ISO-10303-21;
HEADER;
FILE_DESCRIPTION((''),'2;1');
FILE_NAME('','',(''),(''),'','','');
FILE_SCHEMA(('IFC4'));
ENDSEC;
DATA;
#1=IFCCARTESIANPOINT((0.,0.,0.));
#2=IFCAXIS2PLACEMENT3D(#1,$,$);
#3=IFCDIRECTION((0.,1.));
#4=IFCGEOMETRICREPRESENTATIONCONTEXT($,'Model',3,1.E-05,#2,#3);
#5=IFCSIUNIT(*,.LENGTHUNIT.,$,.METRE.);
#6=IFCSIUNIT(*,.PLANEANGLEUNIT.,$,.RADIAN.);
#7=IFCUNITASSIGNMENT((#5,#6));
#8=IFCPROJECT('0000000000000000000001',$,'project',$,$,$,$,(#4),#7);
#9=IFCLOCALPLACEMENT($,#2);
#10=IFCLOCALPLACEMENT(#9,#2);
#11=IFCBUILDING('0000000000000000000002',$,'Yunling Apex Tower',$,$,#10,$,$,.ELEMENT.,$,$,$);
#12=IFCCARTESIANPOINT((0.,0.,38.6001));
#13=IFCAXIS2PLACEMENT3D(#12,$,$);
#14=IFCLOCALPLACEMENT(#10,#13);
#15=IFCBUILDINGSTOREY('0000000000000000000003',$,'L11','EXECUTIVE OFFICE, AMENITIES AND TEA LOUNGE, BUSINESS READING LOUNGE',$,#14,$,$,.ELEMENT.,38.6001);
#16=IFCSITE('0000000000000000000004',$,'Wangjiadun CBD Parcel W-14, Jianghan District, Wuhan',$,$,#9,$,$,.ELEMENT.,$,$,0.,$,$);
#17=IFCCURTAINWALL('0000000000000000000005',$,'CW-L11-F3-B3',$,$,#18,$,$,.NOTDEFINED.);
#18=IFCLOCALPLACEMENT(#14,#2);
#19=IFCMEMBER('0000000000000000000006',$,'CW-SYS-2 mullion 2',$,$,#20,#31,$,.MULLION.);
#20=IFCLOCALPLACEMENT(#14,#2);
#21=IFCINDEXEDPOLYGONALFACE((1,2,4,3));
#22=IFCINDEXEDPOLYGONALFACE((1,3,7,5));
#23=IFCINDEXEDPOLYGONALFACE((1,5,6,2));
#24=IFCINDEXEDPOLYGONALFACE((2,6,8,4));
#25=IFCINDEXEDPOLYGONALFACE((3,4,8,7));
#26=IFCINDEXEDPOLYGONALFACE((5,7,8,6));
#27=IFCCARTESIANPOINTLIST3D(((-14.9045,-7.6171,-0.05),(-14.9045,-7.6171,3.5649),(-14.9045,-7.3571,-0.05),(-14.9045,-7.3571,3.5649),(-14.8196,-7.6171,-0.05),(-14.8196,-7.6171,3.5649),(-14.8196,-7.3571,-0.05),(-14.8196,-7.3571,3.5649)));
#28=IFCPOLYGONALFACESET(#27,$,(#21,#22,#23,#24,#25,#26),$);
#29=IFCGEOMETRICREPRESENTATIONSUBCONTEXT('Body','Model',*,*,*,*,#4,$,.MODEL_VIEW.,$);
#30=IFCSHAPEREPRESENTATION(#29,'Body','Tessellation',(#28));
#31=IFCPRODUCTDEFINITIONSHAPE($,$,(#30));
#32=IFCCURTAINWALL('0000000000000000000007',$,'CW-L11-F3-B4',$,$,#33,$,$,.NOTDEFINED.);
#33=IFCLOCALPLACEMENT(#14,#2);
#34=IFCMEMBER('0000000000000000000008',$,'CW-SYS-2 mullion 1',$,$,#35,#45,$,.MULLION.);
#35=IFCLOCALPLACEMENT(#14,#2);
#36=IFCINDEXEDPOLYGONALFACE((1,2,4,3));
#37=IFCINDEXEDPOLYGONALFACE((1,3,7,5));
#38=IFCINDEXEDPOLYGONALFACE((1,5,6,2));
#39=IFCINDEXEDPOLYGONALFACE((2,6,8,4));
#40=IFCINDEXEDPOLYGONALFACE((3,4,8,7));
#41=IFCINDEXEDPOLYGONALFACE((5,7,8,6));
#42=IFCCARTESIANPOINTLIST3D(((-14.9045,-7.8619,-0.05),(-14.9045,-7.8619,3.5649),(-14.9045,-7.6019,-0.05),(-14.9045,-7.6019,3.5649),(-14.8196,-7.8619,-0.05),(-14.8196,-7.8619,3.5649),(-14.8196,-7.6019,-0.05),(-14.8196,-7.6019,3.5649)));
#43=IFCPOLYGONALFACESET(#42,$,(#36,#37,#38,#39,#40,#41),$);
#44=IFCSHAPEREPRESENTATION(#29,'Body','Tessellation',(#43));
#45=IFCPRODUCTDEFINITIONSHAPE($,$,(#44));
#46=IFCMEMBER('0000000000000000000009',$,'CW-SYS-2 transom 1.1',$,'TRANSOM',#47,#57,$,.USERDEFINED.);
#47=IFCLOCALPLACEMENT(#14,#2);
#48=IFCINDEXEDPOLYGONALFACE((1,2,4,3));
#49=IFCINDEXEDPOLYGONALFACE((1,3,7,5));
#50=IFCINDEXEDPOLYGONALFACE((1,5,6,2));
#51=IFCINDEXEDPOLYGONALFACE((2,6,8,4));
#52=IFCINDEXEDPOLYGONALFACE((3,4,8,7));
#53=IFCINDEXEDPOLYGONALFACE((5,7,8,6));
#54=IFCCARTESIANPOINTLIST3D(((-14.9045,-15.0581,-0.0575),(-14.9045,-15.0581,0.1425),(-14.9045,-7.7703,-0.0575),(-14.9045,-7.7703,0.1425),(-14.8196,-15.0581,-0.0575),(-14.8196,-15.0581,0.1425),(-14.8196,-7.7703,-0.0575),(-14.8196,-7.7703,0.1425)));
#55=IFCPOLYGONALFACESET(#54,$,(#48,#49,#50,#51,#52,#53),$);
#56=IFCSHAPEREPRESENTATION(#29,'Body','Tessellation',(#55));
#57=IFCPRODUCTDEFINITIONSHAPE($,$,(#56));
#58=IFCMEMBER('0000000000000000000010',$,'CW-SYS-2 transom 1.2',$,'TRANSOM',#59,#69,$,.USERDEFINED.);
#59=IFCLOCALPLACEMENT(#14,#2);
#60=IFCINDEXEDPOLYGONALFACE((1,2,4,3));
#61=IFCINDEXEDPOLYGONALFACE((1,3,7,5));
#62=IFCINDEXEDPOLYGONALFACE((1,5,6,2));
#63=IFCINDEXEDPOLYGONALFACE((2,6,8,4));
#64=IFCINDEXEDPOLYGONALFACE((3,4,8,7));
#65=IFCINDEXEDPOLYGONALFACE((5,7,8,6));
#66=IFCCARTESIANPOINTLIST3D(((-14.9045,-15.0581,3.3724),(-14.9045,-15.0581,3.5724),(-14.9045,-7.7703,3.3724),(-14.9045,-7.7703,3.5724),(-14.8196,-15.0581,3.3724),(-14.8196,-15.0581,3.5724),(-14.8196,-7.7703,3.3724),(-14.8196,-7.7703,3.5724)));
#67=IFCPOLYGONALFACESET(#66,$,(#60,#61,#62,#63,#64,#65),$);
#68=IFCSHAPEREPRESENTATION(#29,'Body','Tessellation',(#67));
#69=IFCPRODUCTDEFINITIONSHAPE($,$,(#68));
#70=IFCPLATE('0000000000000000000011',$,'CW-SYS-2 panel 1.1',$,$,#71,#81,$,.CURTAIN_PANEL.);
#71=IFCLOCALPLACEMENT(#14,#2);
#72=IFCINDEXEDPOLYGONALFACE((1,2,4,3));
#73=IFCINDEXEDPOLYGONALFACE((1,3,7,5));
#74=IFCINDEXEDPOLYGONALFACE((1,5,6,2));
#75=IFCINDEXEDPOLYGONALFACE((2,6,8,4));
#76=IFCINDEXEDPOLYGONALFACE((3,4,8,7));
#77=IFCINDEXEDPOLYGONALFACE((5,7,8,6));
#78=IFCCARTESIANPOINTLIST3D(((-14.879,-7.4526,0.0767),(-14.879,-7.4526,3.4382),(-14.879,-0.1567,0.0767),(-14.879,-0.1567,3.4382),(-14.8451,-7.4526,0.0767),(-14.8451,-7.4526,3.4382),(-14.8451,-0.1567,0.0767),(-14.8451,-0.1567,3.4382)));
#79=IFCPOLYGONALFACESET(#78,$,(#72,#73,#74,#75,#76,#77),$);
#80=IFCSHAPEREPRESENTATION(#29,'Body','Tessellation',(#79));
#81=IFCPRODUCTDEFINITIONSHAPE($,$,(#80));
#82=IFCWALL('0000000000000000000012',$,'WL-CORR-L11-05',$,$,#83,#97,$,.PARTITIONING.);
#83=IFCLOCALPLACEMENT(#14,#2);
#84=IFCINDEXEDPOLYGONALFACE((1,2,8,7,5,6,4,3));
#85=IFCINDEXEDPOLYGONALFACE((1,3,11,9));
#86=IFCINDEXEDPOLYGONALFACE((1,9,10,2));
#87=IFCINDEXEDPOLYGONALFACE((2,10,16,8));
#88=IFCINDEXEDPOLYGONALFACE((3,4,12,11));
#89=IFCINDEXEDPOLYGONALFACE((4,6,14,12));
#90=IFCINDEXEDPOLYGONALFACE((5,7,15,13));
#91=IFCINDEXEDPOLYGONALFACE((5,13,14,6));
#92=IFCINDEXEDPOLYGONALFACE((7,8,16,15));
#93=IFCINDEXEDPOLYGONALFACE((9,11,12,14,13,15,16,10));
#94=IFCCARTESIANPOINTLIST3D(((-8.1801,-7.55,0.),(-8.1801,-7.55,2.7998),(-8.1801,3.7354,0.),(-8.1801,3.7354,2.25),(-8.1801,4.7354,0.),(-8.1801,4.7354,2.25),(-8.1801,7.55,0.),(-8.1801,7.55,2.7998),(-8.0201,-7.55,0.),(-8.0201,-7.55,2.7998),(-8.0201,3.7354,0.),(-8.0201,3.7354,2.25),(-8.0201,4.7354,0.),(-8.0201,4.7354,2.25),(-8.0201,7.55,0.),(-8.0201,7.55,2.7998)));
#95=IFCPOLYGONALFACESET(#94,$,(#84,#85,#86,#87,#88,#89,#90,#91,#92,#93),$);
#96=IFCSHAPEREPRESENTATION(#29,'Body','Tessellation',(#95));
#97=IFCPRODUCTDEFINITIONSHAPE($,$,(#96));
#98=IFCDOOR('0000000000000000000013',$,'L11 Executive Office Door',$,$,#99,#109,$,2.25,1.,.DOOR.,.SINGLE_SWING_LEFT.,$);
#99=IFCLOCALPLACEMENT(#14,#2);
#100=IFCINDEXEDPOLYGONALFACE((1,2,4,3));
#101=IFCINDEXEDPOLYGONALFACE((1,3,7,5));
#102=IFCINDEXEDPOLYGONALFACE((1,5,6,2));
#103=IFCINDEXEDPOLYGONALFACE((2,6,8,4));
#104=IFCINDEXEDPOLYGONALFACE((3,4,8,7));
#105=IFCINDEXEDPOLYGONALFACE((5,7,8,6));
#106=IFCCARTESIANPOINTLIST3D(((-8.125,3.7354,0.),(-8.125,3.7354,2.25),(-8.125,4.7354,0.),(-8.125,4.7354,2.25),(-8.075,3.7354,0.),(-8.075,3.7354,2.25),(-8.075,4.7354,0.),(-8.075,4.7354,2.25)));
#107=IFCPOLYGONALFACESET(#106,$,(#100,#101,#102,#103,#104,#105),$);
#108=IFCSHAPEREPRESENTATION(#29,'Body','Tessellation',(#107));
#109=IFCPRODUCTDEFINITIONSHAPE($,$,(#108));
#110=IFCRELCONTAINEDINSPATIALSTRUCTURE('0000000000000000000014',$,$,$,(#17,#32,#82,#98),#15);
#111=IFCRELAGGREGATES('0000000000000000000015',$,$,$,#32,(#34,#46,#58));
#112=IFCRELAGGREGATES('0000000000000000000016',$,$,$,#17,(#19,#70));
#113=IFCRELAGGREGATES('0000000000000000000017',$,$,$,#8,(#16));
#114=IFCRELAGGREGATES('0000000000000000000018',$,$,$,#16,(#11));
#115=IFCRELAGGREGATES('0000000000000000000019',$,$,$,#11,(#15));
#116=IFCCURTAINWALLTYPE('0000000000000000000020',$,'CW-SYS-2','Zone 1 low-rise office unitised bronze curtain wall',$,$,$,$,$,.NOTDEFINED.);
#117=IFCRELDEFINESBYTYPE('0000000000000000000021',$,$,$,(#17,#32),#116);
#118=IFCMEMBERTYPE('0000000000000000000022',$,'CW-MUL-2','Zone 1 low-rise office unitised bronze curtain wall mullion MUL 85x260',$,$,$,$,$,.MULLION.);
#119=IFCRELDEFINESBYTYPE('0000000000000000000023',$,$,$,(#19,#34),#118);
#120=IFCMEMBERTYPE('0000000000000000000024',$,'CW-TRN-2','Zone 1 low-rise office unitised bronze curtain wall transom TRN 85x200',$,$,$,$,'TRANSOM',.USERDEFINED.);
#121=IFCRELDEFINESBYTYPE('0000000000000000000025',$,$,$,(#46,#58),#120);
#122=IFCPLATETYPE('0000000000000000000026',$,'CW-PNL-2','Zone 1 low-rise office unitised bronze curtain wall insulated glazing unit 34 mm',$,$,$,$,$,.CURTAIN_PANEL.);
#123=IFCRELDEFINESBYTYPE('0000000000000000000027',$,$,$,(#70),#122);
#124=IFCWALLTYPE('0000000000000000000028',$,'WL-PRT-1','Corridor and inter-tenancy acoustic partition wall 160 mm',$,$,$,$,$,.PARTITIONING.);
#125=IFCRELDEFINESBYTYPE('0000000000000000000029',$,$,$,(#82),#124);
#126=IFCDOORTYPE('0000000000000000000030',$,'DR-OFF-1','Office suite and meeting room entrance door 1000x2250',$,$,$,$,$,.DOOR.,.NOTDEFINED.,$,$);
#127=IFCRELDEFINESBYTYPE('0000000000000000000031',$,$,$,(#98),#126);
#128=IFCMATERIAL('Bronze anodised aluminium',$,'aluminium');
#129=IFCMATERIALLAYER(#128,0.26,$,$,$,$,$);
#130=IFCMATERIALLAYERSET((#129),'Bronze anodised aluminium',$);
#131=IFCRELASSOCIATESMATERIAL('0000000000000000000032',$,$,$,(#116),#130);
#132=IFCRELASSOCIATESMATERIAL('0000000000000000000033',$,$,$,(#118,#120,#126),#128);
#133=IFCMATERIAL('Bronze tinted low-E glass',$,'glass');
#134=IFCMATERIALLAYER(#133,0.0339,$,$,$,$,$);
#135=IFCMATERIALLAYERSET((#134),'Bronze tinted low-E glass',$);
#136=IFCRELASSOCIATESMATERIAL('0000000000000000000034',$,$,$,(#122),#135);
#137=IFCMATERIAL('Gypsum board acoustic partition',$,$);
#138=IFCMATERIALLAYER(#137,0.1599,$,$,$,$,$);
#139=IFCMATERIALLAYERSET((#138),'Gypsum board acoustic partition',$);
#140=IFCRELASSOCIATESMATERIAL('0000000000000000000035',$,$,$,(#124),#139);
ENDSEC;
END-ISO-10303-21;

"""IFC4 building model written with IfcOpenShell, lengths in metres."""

from ifc_helpers import new_model, si_unit, direction, frame, frame_2d, origin, origin_2d, place, context, subcontext, project, spatial, rectangle, extrude, source, transform, mapped, material, layer, layer_set, material_profile, profile_set, type_object, element, fill, aggregate, save


model = new_model("IFC4")

# Units and contexts
model_context = context("Model", 3, precision=1e-05, world=origin(), true_north=direction((0.0, 1.0)))
body_context = subcontext(model_context, "Body", "Model", "MODEL_VIEW")
ifc_project = project(units=[si_unit("LENGTHUNIT", "METRE"), si_unit("PLANEANGLEUNIT", "RADIAN")], contexts=[model_context])

# Site, building, storey
site_placement = place(None, origin())
site = spatial("IfcSite", under=ifc_project, at=site_placement, Name="Wangjiadun CBD Parcel W-14, Jianghan District, Wuhan", CompositionType="ELEMENT", RefElevation=0.0)
building_placement = place(site_placement, origin())
building = spatial("IfcBuilding", under=site, at=building_placement, Name="Yunling Apex Tower", CompositionType="ELEMENT")
storey_placement = place(building_placement, frame((0.0, 0.0, 38.6001)))
storey = spatial("IfcBuildingStorey", under=building, at=storey_placement, Name="L11", Description="EXECUTIVE OFFICE, AMENITIES AND TEA LOUNGE, BUSINESS READING LOUNGE", CompositionType="ELEMENT", Elevation=38.6001)

# Curtain wall, member
ifc_material_1 = material(Name="Bronze anodised aluminium", Category="aluminium")
ifc_layer_1 = layer(ifc_material_1, 0.26)
ifc_layer_set_1 = layer_set([ifc_layer_1], Name="Bronze anodised aluminium")
curtain_wall_type = type_object("IfcCurtainWallType", Name="CW-SYS-2", Description="Zone 1 low-rise office unitised bronze curtain wall", PredefinedType="NOTDEFINED", material=ifc_layer_set_1)
curtain_wall_1_placement = place(storey_placement, origin())
curtain_wall_1 = element("IfcCurtainWall", 1, at=curtain_wall_1_placement, inside=storey, type_object=curtain_wall_type, Name="CW-L11-F3-B3", PredefinedType="NOTDEFINED")
ifc_material_profile_1 = material_profile(ifc_material_1, rectangle(XDim=0.085, YDim=0.26, at=origin_2d()))
ifc_profile_set_1 = profile_set([ifc_material_profile_1], Name="Bronze anodised aluminium")
member_type_1 = type_object("IfcMemberType", Name="CW-MUL-2", Description="Zone 1 low-rise office unitised bronze curtain wall mullion MUL 85x260", PredefinedType="MULLION", material=ifc_profile_set_1)
shared_shape_1 = source(origin(), body_context, "Body", "SweptSolid", [
    extrude(rectangle(XDim=0.085, YDim=0.26, at=origin_2d()), origin(), (0.0, 0.0, 1.0), 3.615),
])
member_1_placement = place(storey_placement, frame((-14.8621, -7.4871, -0.05), z_axis=(0.0, 0.0, 1.0), x_axis=(1.0, 0.0, 0.0)))
member_1 = element("IfcMember", 2, at=member_1_placement, type_object=member_type_1, Name="CW-SYS-2 mullion 2", PredefinedType="MULLION", context=body_context, shape_type="MappedRepresentation", body=[
    mapped(shared_shape_1, transform((0.0, 0.0, 0.0), scale=1.0)),
])

# Curtain wall, members
curtain_wall_2_placement = place(storey_placement, origin())
curtain_wall_2 = element("IfcCurtainWall", 3, at=curtain_wall_2_placement, inside=storey, type_object=curtain_wall_type, Name="CW-L11-F3-B4", PredefinedType="NOTDEFINED")
member_2_placement = place(storey_placement, frame((-14.8621, -7.7319, -0.05), z_axis=(0.0, 0.0, 1.0), x_axis=(1.0, 0.0, 0.0)))
member_2 = element("IfcMember", 4, at=member_2_placement, type_object=member_type_1, Name="CW-SYS-2 mullion 1", PredefinedType="MULLION", context=body_context, shape_type="MappedRepresentation", body=[
    mapped(shared_shape_1, transform((0.0, 0.0, 0.0), scale=1.0)),
])
ifc_material_profile_2 = material_profile(ifc_material_1, rectangle(XDim=0.085, YDim=0.2, at=origin_2d()))
ifc_profile_set_2 = profile_set([ifc_material_profile_2], Name="Bronze anodised aluminium")
member_type_2 = type_object("IfcMemberType", Name="CW-TRN-2", Description="Zone 1 low-rise office unitised bronze curtain wall transom TRN 85x200", ElementType="TRANSOM", PredefinedType="USERDEFINED", material=ifc_profile_set_2)
shared_shape_2 = source(origin(), body_context, "Body", "SweptSolid", [
    extrude(rectangle(XDim=0.085, YDim=0.2, at=origin_2d()), origin(), (0.0, 0.0, 1.0), 7.2878),
])
member_3_placement = place(storey_placement, frame((-14.8621, -7.7703, 0.0425), z_axis=(0.0, -1.0, 0.0), x_axis=(1.0, 0.0, 0.0)))
member_3 = element("IfcMember", 5, at=member_3_placement, type_object=member_type_2, Name="CW-SYS-2 transom 1.1", ObjectType="TRANSOM", PredefinedType="USERDEFINED", context=body_context, shape_type="MappedRepresentation", body=[
    mapped(shared_shape_2, transform((0.0, 0.0, 0.0), scale=1.0)),
])
member_4_placement = place(storey_placement, frame((-14.8621, -7.7703, 3.4724), z_axis=(0.0, -1.0, 0.0), x_axis=(1.0, 0.0, 0.0)))
member_4 = element("IfcMember", 6, at=member_4_placement, type_object=member_type_2, Name="CW-SYS-2 transom 1.2", ObjectType="TRANSOM", PredefinedType="USERDEFINED", context=body_context, shape_type="MappedRepresentation", body=[
    mapped(shared_shape_2, transform((0.0, 0.0, 0.0), scale=1.0)),
])
aggregate(curtain_wall_2, [member_2, member_3, member_4])

# Plate
ifc_material_2 = material(Name="Bronze tinted low-E glass", Category="glass")
ifc_layer_2 = layer(ifc_material_2, 0.0339)
ifc_layer_set_2 = layer_set([ifc_layer_2], Name="Bronze tinted low-E glass")
plate_type = type_object("IfcPlateType", Name="CW-PNL-2", Description="Zone 1 low-rise office unitised bronze curtain wall insulated glazing unit 34 mm", PredefinedType="CURTAIN_PANEL", material=ifc_layer_set_2)
shared_shape_3 = source(origin(), body_context, "Body", "SweptSolid", [
    extrude(rectangle(XDim=7.2959, YDim=0.0339, at=origin_2d()), origin(), (0.0, 0.0, 1.0), 3.3616),
])
plate_placement = place(storey_placement, frame((-14.8621, -3.8047, 0.0767), z_axis=(0.0, 0.0, 1.0), x_axis=(0.0, -1.0, 0.0)))
plate = element("IfcPlate", 7, at=plate_placement, type_object=plate_type, Name="CW-SYS-2 panel 1.1", PredefinedType="CURTAIN_PANEL", context=body_context, shape_type="MappedRepresentation", body=[
    mapped(shared_shape_3, transform((0.0, 0.0, 0.0), scale=1.0)),
])
aggregate(curtain_wall_1, [member_1, plate])

# Wall, opening, door
ifc_material_3 = material(Name="Gypsum board acoustic partition")
ifc_layer_3 = layer(ifc_material_3, 0.1599)
ifc_layer_set_3 = layer_set([ifc_layer_3], Name="Gypsum board acoustic partition")
wall_type = type_object("IfcWallType", Name="WL-PRT-1", Description="Corridor and inter-tenancy acoustic partition wall 160 mm", PredefinedType="PARTITIONING", material=ifc_layer_set_3)
wall_placement = place(storey_placement, frame((-8.1001, -7.55, 0.0), z_axis=(0.0, 0.0, 1.0), x_axis=(0.0, 1.0, 0.0)))
wall = element("IfcWall", 8, at=wall_placement, inside=storey, type_object=wall_type, Name="WL-CORR-L11-05", PredefinedType="PARTITIONING", context=body_context, shape_type="SweptSolid", body=[
    extrude(rectangle(XDim=15.1001, YDim=0.1599, at=frame_2d((7.55, 0.0))), origin(), (0.0, 0.0, 1.0), 2.7998),
])
opening_placement = place(wall_placement, frame((11.2854, 0.0, 0.0)))
opening = element("IfcOpeningElement", 9, at=opening_placement, cuts=wall, PredefinedType="OPENING", context=body_context, shape_type="SweptSolid", body=[
    extrude(rectangle(XDim=1.0, YDim=2.25, at=frame_2d((0.5, 1.125))), frame((0.0, 0.0898, 0.0), z_axis=(0.0, -1.0, 0.0), x_axis=(1.0, 0.0, 0.0)), (0.0, 0.0, 1.0), 0.1799),
])
door_type = type_object("IfcDoorType", Name="DR-OFF-1", Description="Office suite and meeting room entrance door 1000x2250", OperationType="NOTDEFINED", PredefinedType="DOOR", material=ifc_material_1)
door_placement = place(opening_placement, origin())
door = element("IfcDoor", 10, at=door_placement, inside=storey, type_object=door_type, Name="L11 Executive Office Door", OperationType="SINGLE_SWING_LEFT", OverallHeight=2.25, OverallWidth=1.0, PredefinedType="DOOR", context=body_context, shape_type="SweptSolid", body=[
    extrude(rectangle(XDim=1.0, YDim=2.25, at=frame_2d((0.5, 1.125))), frame((0.0, 0.0249, 0.0), z_axis=(0.0, -1.0, 0.0), x_axis=(1.0, 0.0, 0.0)), (0.0, 0.0, 1.0), 0.05),
])
fill(opening, door)

save(model, "model.ifc")
